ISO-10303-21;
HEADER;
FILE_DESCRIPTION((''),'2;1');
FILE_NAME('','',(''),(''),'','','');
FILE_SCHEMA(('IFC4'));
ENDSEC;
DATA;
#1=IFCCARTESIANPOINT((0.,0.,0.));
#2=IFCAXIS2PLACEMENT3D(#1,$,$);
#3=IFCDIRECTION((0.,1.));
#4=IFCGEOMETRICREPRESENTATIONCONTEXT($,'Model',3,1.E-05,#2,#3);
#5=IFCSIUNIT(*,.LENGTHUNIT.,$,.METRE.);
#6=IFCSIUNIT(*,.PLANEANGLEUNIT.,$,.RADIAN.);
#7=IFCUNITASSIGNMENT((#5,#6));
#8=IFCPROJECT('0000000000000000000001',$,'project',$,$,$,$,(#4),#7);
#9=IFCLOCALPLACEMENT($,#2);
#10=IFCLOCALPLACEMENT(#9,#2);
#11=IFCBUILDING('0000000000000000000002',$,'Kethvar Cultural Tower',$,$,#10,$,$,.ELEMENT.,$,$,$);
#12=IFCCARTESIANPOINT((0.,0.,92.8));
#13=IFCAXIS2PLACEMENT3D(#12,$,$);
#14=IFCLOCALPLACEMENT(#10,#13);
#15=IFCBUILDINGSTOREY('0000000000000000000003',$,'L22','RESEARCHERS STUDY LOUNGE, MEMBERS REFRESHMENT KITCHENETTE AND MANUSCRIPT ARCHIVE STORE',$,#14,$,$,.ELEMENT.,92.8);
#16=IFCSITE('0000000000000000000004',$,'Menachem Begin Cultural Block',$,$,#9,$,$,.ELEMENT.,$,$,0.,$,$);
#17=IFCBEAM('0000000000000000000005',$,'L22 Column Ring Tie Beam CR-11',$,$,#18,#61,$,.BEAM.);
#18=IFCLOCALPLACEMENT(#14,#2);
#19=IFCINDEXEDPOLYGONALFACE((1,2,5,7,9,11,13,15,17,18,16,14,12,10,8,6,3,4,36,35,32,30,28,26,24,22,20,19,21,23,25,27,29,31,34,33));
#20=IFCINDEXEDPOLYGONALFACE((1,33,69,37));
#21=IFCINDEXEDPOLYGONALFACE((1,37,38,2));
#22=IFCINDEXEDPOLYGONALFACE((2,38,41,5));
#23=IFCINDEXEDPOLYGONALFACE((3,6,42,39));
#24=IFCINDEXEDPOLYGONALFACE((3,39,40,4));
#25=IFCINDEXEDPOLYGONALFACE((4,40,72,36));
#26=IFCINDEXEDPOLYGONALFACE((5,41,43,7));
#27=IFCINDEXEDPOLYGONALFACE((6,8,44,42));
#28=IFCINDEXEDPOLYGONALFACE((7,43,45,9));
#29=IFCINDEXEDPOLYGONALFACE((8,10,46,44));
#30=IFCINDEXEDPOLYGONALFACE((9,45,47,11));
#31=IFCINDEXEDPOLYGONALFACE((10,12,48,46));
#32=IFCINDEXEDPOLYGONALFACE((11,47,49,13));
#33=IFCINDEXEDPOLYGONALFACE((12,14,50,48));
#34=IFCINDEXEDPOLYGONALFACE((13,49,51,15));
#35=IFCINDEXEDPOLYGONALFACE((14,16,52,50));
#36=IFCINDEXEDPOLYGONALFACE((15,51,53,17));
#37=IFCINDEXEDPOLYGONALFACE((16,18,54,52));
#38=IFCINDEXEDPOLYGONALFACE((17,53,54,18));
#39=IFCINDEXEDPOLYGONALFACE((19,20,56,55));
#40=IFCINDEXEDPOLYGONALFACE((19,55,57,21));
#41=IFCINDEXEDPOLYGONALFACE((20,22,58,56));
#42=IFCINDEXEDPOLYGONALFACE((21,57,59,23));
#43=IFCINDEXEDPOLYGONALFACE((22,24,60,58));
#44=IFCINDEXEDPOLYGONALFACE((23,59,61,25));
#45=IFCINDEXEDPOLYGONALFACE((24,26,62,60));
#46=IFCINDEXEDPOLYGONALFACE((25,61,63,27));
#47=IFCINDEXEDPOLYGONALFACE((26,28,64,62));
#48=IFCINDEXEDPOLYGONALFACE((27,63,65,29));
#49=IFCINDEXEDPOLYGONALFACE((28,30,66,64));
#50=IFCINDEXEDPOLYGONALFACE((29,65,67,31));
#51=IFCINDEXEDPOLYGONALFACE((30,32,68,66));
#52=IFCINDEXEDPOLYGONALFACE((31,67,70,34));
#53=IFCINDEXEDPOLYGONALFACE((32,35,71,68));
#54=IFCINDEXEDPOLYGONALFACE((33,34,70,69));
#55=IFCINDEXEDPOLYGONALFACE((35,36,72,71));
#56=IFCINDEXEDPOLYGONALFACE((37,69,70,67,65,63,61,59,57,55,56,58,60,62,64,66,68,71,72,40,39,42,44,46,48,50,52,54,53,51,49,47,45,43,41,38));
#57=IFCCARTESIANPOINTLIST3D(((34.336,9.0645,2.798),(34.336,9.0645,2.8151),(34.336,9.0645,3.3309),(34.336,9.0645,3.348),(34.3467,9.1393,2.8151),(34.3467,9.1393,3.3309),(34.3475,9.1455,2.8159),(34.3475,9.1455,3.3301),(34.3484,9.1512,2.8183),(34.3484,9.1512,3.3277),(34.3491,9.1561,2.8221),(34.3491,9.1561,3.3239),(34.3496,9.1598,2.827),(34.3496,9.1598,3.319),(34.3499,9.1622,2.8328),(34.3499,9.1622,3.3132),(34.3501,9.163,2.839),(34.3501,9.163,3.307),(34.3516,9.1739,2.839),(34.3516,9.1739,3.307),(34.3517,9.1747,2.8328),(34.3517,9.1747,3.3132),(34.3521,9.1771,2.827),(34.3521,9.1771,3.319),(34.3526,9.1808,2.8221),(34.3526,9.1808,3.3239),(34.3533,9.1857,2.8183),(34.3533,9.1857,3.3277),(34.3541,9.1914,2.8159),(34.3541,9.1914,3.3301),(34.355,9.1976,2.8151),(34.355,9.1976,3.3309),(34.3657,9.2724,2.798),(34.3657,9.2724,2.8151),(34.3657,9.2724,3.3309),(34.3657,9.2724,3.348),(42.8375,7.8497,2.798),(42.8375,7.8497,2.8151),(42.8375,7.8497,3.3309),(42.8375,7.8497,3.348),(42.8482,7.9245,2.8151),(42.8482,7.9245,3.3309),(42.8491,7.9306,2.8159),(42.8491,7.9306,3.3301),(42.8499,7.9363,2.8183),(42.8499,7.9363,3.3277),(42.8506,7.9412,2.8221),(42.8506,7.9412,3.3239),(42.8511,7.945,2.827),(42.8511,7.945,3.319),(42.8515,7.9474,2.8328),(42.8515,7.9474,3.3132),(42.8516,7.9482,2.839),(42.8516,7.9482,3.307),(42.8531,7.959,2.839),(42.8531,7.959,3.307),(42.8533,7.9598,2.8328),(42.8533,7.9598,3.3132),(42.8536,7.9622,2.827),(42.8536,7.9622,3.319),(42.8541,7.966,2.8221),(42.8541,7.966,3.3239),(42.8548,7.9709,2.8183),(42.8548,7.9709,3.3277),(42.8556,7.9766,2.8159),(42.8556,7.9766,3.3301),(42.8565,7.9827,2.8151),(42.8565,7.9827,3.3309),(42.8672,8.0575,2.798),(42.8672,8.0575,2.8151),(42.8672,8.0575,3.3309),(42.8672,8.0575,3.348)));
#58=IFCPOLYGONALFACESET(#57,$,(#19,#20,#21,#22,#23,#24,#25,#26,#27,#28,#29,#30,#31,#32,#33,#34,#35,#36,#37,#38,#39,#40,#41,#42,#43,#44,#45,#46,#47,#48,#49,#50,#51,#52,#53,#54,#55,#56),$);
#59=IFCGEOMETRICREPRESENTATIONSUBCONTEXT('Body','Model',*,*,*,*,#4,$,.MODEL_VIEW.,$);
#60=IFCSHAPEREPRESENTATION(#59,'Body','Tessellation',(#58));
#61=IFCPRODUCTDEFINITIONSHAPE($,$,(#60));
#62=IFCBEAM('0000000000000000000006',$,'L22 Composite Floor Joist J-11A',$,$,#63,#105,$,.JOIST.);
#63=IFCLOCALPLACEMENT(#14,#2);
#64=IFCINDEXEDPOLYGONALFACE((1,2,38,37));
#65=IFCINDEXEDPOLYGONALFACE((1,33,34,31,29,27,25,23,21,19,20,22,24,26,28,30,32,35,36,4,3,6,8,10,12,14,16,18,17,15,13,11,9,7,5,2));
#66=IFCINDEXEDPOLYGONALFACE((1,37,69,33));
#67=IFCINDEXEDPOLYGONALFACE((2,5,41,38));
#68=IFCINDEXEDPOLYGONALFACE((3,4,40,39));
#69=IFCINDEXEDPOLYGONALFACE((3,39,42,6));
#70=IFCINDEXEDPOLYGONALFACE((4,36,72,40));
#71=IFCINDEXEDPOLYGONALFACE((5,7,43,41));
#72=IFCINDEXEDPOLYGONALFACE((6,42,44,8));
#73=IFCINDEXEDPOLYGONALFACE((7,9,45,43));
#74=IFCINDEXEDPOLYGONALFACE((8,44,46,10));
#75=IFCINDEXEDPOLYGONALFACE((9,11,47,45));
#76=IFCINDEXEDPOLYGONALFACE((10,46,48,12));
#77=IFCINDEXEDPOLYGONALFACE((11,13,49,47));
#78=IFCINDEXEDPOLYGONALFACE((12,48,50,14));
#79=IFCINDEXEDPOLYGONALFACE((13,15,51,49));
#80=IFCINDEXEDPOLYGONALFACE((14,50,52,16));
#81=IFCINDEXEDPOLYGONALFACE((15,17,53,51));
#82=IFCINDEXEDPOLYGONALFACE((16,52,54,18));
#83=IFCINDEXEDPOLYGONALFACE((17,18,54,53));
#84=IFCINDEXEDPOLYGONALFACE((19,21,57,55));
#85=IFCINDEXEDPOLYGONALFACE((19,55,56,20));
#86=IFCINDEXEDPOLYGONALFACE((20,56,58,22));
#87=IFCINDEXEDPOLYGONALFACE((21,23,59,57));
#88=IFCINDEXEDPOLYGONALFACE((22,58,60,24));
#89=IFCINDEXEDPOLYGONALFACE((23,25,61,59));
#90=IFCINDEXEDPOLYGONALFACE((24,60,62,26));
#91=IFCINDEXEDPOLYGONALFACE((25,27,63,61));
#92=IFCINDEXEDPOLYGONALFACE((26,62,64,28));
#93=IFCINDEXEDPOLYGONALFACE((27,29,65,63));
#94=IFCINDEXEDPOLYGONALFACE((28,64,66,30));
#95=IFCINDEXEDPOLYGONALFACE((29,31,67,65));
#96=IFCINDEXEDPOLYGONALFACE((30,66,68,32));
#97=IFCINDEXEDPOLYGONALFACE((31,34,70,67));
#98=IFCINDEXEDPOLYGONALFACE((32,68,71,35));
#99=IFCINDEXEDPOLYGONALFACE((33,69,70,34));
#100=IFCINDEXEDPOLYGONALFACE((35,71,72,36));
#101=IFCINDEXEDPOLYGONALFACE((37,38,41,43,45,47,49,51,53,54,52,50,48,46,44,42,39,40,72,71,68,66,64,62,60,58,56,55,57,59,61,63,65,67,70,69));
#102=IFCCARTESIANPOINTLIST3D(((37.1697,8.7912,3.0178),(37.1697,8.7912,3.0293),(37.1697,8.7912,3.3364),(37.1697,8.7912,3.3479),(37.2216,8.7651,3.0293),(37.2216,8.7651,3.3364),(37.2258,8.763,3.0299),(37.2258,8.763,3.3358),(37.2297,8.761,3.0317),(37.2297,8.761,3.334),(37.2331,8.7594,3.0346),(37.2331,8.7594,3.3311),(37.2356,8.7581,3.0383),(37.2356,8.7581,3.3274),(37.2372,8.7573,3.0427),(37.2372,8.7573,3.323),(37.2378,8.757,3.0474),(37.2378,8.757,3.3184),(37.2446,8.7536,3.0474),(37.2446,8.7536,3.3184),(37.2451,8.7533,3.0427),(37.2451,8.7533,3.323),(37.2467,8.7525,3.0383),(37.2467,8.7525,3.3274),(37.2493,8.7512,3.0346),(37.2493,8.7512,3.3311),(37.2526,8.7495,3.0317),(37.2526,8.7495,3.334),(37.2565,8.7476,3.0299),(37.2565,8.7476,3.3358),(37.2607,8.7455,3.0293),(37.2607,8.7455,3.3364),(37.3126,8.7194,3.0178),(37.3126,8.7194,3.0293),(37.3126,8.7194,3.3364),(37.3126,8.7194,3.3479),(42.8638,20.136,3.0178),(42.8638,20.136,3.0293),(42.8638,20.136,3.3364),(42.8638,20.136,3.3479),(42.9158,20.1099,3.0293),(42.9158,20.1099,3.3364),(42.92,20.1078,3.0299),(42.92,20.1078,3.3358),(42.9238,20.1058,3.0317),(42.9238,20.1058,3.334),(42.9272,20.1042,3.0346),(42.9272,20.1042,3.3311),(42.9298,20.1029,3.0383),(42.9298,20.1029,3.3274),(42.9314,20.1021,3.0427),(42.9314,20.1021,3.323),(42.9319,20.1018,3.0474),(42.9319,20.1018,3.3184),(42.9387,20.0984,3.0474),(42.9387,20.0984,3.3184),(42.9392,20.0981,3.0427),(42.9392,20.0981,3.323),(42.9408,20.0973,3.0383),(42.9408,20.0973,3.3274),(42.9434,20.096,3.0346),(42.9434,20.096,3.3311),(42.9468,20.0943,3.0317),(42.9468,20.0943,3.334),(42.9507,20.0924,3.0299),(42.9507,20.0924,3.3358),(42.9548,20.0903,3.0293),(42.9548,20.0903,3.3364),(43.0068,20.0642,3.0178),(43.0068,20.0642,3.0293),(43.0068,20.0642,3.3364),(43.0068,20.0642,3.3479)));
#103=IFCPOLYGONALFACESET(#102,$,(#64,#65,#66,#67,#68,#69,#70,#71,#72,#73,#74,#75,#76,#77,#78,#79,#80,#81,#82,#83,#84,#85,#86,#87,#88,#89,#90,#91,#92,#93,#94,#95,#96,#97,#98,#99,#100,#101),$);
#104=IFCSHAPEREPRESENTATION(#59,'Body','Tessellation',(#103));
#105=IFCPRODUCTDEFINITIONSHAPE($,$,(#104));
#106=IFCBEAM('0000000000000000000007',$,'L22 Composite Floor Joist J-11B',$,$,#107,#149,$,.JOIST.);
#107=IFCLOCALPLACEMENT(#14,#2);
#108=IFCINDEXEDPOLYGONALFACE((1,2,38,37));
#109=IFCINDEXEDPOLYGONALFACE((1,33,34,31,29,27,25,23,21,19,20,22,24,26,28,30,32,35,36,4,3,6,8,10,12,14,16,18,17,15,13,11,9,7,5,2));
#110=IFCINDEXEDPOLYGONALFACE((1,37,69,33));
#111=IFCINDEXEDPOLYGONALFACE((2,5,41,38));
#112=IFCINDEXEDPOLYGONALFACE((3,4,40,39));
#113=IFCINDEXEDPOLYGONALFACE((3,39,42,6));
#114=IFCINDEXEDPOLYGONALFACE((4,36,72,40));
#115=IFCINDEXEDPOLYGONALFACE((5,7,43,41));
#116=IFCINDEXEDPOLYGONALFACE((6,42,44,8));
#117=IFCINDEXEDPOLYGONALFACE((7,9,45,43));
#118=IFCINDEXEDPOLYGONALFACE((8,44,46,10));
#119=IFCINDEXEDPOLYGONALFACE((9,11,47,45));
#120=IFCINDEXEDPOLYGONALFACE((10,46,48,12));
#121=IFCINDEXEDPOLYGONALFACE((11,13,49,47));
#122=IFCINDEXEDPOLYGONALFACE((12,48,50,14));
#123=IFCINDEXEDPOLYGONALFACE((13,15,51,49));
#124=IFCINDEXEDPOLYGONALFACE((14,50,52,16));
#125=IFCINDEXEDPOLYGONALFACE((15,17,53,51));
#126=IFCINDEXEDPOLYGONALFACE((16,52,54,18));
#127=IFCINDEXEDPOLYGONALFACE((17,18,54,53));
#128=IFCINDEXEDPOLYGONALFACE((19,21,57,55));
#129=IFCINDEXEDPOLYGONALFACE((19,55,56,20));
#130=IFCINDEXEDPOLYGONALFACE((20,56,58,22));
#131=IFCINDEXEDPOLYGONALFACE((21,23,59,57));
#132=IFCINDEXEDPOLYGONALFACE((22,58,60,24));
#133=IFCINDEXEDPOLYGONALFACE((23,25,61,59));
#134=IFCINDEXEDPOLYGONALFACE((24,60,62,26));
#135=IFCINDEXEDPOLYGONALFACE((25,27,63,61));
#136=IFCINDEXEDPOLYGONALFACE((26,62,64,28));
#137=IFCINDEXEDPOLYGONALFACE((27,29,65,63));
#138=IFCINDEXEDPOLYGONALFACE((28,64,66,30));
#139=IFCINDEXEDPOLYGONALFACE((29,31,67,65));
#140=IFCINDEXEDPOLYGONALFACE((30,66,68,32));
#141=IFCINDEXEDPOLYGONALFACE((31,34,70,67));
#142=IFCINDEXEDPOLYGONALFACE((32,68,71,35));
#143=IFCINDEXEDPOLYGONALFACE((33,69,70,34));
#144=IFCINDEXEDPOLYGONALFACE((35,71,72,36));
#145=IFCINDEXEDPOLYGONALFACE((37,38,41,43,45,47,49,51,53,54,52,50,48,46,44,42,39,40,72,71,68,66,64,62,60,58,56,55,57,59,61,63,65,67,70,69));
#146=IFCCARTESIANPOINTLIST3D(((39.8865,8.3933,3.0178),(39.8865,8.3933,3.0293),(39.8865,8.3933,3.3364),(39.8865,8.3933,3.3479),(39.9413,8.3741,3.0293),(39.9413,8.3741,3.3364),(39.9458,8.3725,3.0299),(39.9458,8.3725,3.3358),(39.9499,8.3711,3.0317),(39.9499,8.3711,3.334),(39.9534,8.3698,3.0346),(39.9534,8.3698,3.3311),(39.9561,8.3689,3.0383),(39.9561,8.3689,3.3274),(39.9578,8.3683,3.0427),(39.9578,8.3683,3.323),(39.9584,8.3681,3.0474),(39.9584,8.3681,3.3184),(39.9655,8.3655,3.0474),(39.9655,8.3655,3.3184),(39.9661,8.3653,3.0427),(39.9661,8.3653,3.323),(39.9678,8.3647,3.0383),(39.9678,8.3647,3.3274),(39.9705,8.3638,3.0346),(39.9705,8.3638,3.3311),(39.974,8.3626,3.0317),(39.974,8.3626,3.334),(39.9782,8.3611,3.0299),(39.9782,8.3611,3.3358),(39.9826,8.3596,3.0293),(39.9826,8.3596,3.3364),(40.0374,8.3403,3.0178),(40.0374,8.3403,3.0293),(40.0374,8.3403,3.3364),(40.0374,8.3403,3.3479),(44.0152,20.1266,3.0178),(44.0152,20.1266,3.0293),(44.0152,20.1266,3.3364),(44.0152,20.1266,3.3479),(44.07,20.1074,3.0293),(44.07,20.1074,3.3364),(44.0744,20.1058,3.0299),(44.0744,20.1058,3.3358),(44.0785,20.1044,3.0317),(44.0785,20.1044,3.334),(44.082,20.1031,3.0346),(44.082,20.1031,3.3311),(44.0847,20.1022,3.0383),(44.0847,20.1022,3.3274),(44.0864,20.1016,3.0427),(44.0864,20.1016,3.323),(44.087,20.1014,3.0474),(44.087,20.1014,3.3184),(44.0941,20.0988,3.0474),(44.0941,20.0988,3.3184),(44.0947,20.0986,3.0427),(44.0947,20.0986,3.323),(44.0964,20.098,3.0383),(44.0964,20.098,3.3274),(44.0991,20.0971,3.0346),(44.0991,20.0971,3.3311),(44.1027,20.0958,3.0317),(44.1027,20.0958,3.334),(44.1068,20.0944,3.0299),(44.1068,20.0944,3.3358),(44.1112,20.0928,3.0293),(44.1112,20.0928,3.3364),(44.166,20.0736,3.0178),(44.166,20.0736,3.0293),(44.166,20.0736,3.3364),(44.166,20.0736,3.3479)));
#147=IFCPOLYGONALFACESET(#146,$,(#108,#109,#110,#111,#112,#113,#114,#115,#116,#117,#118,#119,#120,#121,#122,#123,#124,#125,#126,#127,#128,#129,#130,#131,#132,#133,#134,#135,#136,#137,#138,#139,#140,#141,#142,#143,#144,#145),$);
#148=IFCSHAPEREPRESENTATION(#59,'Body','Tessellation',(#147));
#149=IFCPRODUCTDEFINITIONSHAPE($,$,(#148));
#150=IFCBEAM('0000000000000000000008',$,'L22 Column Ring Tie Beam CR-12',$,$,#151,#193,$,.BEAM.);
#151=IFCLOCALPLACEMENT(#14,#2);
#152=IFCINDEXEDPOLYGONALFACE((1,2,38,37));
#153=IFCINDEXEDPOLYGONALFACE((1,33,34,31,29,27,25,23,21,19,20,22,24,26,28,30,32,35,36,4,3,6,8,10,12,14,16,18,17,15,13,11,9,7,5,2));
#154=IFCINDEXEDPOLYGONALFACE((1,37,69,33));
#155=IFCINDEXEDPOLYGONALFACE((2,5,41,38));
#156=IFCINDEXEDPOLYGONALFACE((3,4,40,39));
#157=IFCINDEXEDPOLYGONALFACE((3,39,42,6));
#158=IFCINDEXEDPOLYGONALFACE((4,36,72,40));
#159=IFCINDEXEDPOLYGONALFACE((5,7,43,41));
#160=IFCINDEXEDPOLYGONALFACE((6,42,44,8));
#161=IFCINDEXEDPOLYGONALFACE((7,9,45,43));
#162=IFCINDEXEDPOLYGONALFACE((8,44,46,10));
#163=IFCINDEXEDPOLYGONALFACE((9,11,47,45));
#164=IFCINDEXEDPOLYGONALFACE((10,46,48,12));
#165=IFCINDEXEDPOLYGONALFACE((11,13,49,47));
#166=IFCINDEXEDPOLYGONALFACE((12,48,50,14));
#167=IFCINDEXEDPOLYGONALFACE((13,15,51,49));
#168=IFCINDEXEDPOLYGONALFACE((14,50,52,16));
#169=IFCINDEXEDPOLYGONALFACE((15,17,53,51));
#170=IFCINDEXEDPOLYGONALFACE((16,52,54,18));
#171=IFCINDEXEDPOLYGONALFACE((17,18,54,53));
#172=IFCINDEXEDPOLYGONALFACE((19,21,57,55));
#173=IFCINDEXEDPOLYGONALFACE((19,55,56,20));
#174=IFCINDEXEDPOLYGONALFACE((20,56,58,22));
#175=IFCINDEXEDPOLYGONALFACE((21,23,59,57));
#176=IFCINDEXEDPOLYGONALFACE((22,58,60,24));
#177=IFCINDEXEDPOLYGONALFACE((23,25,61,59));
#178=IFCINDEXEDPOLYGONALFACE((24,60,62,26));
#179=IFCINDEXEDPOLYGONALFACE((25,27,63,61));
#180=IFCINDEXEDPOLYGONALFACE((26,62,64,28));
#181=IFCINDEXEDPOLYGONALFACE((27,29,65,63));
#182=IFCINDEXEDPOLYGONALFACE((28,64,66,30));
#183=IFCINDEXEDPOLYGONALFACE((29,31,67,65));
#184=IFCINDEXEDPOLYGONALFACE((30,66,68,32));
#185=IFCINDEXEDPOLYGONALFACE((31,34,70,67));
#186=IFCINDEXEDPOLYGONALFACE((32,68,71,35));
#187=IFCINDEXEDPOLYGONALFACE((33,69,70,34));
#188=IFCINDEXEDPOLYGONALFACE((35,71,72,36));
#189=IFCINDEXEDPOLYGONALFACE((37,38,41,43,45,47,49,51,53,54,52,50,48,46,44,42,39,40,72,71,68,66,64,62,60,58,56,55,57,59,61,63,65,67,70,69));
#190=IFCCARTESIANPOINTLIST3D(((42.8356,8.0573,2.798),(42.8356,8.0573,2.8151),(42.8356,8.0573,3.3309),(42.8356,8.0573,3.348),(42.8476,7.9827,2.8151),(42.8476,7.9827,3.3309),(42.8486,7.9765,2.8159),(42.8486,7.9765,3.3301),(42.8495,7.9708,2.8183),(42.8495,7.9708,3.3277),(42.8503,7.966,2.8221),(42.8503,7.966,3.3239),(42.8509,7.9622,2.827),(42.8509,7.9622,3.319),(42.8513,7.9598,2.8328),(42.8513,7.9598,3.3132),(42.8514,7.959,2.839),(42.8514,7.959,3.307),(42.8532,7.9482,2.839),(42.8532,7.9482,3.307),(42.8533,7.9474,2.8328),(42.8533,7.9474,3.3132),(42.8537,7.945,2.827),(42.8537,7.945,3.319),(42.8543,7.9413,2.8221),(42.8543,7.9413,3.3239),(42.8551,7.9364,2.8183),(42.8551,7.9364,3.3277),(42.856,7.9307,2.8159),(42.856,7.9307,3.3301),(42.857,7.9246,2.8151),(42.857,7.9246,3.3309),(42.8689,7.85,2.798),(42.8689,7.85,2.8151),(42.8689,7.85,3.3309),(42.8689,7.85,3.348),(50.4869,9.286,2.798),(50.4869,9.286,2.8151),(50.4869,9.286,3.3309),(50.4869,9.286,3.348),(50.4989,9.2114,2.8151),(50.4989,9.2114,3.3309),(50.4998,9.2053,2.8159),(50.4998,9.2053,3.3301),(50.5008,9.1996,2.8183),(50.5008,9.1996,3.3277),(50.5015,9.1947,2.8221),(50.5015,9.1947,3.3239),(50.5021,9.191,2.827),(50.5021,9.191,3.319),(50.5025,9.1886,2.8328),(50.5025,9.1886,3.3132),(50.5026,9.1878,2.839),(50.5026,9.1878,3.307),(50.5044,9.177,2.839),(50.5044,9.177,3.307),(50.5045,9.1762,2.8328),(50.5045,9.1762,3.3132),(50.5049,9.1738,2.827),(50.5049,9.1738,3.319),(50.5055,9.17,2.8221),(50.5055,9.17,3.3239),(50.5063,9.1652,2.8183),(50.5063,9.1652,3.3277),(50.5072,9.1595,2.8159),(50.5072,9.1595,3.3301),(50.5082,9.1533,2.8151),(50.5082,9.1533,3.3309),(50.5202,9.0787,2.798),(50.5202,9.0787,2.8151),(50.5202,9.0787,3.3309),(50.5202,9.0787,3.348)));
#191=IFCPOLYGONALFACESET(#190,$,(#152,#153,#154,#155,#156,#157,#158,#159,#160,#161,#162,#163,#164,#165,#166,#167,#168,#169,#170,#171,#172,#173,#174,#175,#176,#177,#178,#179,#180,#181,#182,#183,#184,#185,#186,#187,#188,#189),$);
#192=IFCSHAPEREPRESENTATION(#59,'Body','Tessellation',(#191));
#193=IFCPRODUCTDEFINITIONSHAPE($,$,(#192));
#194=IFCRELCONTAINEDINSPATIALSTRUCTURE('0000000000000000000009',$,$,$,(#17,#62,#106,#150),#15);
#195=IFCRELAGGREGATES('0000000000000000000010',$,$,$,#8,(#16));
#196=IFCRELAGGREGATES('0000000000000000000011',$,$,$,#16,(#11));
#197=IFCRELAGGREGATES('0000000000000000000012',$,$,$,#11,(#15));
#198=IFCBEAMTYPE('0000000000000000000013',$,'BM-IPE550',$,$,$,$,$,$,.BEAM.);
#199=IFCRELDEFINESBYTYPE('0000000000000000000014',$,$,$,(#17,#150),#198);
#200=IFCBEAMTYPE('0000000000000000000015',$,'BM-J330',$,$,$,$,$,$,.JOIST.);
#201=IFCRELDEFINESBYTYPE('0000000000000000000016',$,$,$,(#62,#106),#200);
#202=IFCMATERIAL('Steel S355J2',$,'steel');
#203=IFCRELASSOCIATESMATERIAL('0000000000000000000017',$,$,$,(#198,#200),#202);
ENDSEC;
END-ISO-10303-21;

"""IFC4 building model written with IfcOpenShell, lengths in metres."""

from ifc_helpers import new_model, si_unit, direction, frame, origin, origin_2d, place, context, subcontext, project, spatial, i_section, extrude, source, transform, mapped, material, material_profile, profile_set, type_object, element, save


model = new_model("IFC4")

# Units and contexts
model_context = context("Model", 3, precision=1e-05, world=origin(), true_north=direction((0.0, 1.0)))
body_context = subcontext(model_context, "Body", "Model", "MODEL_VIEW")
ifc_project = project(units=[si_unit("LENGTHUNIT", "METRE"), si_unit("PLANEANGLEUNIT", "RADIAN")], contexts=[model_context])

# Site, building, storey
site_placement = place(None, origin())
site = spatial("IfcSite", under=ifc_project, at=site_placement, Name="Menachem Begin Cultural Block", CompositionType="ELEMENT", RefElevation=0.0)
building_placement = place(site_placement, origin())
building = spatial("IfcBuilding", under=site, at=building_placement, Name="Kethvar Cultural Tower", CompositionType="ELEMENT")
storey_placement = place(building_placement, frame((0.0, 0.0, 92.8)))
storey = spatial("IfcBuildingStorey", under=building, at=storey_placement, Name="L22", Description="RESEARCHERS STUDY LOUNGE, MEMBERS REFRESHMENT KITCHENETTE AND MANUSCRIPT ARCHIVE STORE", CompositionType="ELEMENT", Elevation=92.8)

# Beams
ifc_material_1 = material(Name="Steel S355J2", Category="steel")
ifc_material_profile_1 = material_profile(ifc_material_1, i_section(OverallWidth=0.21, OverallDepth=0.55, WebThickness=0.011, FlangeThickness=0.0171, FilletRadius=0.0239, at=origin_2d()), Name="Steel S355J2 — IPE550")
ifc_profile_set_1 = profile_set([ifc_material_profile_1], Name="Steel S355J2 — IPE550")
beam_type_1 = type_object("IfcBeamType", Name="BM-IPE550", PredefinedType="BEAM", material=ifc_profile_set_1)
ifc_material_profile_2 = material_profile(ifc_material_1, i_section(OverallWidth=0.1599, OverallDepth=0.3301, WebThickness=0.0076, FlangeThickness=0.0115, FilletRadius=0.0181, at=origin_2d()), Name="Steel S355J2 — IPE330")
ifc_profile_set_2 = profile_set([ifc_material_profile_2], Name="Steel S355J2 — IPE330")
beam_type_2 = type_object("IfcBeamType", Name="BM-J330", PredefinedType="JOIST", material=ifc_profile_set_2)
shared_shape_1 = source(origin(), body_context, "Body", "SweptSolid", [
    extrude(i_section(OverallWidth=0.21, OverallDepth=0.55, WebThickness=0.011, FlangeThickness=0.0171, FilletRadius=0.0239, at=origin_2d()), origin(), (0.0, 0.0, 1.0), 8.5879),
])
beam_1_placement = place(storey_placement, frame((34.3508, 9.1685, 3.073), z_axis=(0.989944, -0.141461, 0.0), x_axis=(0.141461, 0.989944, 0.0)))
element("IfcBeam", 1, at=beam_1_placement, inside=storey, type_object=beam_type_1, Name="L22 Column Ring Tie Beam CR-11", PredefinedType="BEAM", context=body_context, shape_type="MappedRepresentation", body=[
    mapped(shared_shape_1, transform((0.0, 0.0, 0.0), scale=1.0)),
])
shared_shape_2 = source(origin(), body_context, "Body", "SweptSolid", [
    extrude(i_section(OverallWidth=0.1599, OverallDepth=0.3301, WebThickness=0.0076, FlangeThickness=0.0115, FilletRadius=0.0181, at=origin_2d()), origin(), (0.0, 0.0, 1.0), 12.6936),
])
beam_2_placement = place(storey_placement, frame((42.9353, 20.1001, 3.1829), z_axis=(-0.448582, -0.893741, 0.0), x_axis=(0.893741, -0.448582, 0.0)))
element("IfcBeam", 2, at=beam_2_placement, inside=storey, type_object=beam_type_2, Name="L22 Composite Floor Joist J-11A", PredefinedType="JOIST", context=body_context, shape_type="MappedRepresentation", body=[
    mapped(shared_shape_2, transform((0.0, 0.0, 0.0), scale=1.0)),
])
shared_shape_3 = source(origin(), body_context, "Body", "SweptSolid", [
    extrude(i_section(OverallWidth=0.1599, OverallDepth=0.3301, WebThickness=0.0076, FlangeThickness=0.0115, FilletRadius=0.0181, at=origin_2d()), origin(), (0.0, 0.0, 1.0), 12.4385),
])
beam_3_placement = place(storey_placement, frame((44.0906, 20.1001, 3.1829), z_axis=(-0.331924, -0.943306, 0.0), x_axis=(0.943306, -0.331924, 0.0)))
element("IfcBeam", 3, at=beam_3_placement, inside=storey, type_object=beam_type_2, Name="L22 Composite Floor Joist J-11B", PredefinedType="JOIST", context=body_context, shape_type="MappedRepresentation", body=[
    mapped(shared_shape_3, transform((0.0, 0.0, 0.0), scale=1.0)),
])
shared_shape_4 = source(origin(), body_context, "Body", "SweptSolid", [
    extrude(i_section(OverallWidth=0.21, OverallDepth=0.55, WebThickness=0.011, FlangeThickness=0.0171, FilletRadius=0.0239, at=origin_2d()), origin(), (0.0, 0.0, 1.0), 7.7493),
])
beam_4_placement = place(storey_placement, frame((42.8523, 7.9536, 3.073), z_axis=(0.987348, 0.158567, 0.0), x_axis=(-0.158567, 0.987348, 0.0)))
element("IfcBeam", 4, at=beam_4_placement, inside=storey, type_object=beam_type_1, Name="L22 Column Ring Tie Beam CR-12", PredefinedType="BEAM", context=body_context, shape_type="MappedRepresentation", body=[
    mapped(shared_shape_4, transform((0.0, 0.0, 0.0), scale=1.0)),
])

save(model, "model.ifc")
